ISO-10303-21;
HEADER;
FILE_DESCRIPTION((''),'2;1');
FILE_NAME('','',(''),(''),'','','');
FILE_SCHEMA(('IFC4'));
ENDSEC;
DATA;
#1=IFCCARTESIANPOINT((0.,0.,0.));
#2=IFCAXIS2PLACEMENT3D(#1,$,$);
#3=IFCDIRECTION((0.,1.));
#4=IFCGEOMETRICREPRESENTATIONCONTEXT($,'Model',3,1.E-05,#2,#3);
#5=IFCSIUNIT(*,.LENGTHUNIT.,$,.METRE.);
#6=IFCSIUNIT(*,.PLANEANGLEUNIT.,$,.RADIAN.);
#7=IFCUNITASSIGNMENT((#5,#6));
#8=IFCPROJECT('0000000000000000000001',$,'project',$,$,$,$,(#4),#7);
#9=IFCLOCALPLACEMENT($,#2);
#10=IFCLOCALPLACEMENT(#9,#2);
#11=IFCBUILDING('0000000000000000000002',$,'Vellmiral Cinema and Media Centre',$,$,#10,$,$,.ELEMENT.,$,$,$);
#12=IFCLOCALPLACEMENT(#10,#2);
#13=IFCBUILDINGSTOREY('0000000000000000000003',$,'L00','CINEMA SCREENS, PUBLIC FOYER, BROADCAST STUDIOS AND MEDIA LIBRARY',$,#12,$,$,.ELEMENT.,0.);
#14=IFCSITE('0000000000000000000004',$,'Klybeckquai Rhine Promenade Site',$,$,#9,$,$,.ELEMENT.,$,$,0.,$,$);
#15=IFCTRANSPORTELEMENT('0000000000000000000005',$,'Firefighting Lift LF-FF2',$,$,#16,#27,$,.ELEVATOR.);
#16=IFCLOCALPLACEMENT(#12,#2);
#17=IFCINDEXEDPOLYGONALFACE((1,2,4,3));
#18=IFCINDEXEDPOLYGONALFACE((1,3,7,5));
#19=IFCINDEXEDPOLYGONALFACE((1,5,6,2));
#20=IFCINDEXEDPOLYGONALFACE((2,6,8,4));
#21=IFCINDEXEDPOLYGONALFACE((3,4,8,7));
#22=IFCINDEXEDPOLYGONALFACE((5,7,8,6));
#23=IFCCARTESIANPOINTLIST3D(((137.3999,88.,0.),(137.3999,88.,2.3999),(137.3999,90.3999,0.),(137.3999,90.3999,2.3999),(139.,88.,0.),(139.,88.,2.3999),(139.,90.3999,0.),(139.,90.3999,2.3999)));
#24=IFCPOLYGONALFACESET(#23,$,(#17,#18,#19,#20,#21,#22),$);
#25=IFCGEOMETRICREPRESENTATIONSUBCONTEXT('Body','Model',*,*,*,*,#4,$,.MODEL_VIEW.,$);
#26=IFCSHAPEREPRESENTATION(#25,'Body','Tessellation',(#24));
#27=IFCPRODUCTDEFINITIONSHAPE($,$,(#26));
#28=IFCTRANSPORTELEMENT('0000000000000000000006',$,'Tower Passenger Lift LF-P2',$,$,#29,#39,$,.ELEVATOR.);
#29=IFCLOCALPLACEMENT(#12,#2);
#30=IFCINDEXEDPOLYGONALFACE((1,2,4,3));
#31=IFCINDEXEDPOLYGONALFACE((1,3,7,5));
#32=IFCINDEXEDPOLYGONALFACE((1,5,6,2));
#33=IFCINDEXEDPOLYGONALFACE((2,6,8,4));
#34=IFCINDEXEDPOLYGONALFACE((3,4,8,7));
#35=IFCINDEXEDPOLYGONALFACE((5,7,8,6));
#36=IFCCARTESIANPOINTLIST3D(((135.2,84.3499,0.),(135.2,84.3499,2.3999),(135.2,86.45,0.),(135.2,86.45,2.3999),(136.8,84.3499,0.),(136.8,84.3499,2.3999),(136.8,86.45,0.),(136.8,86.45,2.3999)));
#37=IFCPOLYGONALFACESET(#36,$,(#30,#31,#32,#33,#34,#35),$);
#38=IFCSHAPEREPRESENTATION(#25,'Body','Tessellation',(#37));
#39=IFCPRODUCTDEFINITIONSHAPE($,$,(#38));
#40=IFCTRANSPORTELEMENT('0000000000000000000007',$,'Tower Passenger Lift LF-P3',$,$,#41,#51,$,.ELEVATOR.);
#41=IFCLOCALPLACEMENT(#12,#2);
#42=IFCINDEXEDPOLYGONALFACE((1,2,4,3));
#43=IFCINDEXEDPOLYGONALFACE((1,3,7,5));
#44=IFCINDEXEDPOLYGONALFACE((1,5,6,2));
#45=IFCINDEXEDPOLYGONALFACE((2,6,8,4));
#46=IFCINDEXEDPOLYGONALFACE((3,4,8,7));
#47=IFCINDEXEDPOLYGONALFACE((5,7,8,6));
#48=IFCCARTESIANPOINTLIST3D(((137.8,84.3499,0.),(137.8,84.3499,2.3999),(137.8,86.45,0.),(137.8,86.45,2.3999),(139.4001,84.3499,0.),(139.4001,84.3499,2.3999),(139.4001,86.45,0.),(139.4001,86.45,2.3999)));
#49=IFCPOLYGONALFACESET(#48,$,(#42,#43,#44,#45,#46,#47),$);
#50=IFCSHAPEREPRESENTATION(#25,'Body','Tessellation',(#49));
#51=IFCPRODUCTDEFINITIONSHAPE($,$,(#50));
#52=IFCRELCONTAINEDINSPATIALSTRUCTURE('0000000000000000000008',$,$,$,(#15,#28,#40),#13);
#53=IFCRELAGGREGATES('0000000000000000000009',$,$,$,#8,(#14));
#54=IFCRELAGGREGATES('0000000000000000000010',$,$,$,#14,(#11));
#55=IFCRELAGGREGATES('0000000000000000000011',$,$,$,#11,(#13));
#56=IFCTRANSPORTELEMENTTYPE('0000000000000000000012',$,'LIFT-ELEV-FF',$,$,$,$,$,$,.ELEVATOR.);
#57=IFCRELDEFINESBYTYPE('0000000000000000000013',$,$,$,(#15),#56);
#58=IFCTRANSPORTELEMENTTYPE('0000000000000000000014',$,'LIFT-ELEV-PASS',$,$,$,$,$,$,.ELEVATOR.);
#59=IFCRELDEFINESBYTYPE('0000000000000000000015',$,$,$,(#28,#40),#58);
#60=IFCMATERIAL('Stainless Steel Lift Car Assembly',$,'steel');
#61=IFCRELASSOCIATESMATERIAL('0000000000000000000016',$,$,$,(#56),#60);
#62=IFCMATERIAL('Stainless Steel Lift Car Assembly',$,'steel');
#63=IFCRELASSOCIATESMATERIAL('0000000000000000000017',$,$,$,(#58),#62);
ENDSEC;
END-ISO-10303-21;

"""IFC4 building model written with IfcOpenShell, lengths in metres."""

from ifc_helpers import new_model, si_unit, direction, frame, origin, origin_2d, place, context, subcontext, project, spatial, rectangle, extrude, material, type_object, element, save


model = new_model("IFC4")

# Units and contexts
model_context = context("Model", 3, precision=1e-05, world=origin(), true_north=direction((0.0, 1.0)))
body_context = subcontext(model_context, "Body", "Model", "MODEL_VIEW")
ifc_project = project(units=[si_unit("LENGTHUNIT", "METRE"), si_unit("PLANEANGLEUNIT", "RADIAN")], contexts=[model_context])

# Site, building, storey
site_placement = place(None, origin())
site = spatial("IfcSite", under=ifc_project, at=site_placement, Name="Klybeckquai Rhine Promenade Site", CompositionType="ELEMENT", RefElevation=0.0)
building_placement = place(site_placement, origin())
building = spatial("IfcBuilding", under=site, at=building_placement, Name="Vellmiral Cinema and Media Centre", CompositionType="ELEMENT")
storey_placement = place(building_placement, origin())
storey = spatial("IfcBuildingStorey", under=building, at=storey_placement, Name="L00", Description="CINEMA SCREENS, PUBLIC FOYER, BROADCAST STUDIOS AND MEDIA LIBRARY", CompositionType="ELEMENT", Elevation=0.0)

# Transport elements
ifc_material_1 = material(Name="Stainless Steel Lift Car Assembly", Category="steel")
transport_element_type_1 = type_object("IfcTransportElementType", Name="LIFT-ELEV-FF", PredefinedType="ELEVATOR", material=ifc_material_1)
transport_element_placement = place(storey_placement, frame((138.2, 89.2, 0.0), z_axis=(0.0, 0.0, 1.0), x_axis=(1.0, 0.0, 0.0)))
element("IfcTransportElement", 1, at=transport_element_placement, inside=storey, type_object=transport_element_type_1, Name="Firefighting Lift LF-FF2", PredefinedType="ELEVATOR", context=body_context, shape_type="SweptSolid", body=[
    extrude(rectangle(XDim=1.6001, YDim=2.3999, at=origin_2d()), origin(), (0.0, 0.0, 1.0), 2.3999),
])
ifc_material_2 = material(Name="Stainless Steel Lift Car Assembly", Category="steel")
transport_element_type_2 = type_object("IfcTransportElementType", Name="LIFT-ELEV-PASS", PredefinedType="ELEVATOR", material=ifc_material_2)
for number, where, z_axis, x_axis, name in (
    (2, (136.0, 85.3999, 0.0), (0.0, 0.0, 1.0), (1.0, 0.0, 0.0), "Tower Passenger Lift LF-P2"),
    (3, (138.6001, 85.3999, 0.0), (0.0, 0.0, 1.0), (1.0, 0.0, 0.0), "Tower Passenger Lift LF-P3"),
):
    element("IfcTransportElement", number, at=place(storey_placement, frame(where, z_axis=z_axis, x_axis=x_axis)), inside=storey, type_object=transport_element_type_2, Name=name, PredefinedType="ELEVATOR", context=body_context, shape_type="SweptSolid", body=[
        extrude(rectangle(XDim=1.6001, YDim=2.1001, at=origin_2d()), origin(), (0.0, 0.0, 1.0), 2.3999),
    ])

save(model, "model.ifc")
